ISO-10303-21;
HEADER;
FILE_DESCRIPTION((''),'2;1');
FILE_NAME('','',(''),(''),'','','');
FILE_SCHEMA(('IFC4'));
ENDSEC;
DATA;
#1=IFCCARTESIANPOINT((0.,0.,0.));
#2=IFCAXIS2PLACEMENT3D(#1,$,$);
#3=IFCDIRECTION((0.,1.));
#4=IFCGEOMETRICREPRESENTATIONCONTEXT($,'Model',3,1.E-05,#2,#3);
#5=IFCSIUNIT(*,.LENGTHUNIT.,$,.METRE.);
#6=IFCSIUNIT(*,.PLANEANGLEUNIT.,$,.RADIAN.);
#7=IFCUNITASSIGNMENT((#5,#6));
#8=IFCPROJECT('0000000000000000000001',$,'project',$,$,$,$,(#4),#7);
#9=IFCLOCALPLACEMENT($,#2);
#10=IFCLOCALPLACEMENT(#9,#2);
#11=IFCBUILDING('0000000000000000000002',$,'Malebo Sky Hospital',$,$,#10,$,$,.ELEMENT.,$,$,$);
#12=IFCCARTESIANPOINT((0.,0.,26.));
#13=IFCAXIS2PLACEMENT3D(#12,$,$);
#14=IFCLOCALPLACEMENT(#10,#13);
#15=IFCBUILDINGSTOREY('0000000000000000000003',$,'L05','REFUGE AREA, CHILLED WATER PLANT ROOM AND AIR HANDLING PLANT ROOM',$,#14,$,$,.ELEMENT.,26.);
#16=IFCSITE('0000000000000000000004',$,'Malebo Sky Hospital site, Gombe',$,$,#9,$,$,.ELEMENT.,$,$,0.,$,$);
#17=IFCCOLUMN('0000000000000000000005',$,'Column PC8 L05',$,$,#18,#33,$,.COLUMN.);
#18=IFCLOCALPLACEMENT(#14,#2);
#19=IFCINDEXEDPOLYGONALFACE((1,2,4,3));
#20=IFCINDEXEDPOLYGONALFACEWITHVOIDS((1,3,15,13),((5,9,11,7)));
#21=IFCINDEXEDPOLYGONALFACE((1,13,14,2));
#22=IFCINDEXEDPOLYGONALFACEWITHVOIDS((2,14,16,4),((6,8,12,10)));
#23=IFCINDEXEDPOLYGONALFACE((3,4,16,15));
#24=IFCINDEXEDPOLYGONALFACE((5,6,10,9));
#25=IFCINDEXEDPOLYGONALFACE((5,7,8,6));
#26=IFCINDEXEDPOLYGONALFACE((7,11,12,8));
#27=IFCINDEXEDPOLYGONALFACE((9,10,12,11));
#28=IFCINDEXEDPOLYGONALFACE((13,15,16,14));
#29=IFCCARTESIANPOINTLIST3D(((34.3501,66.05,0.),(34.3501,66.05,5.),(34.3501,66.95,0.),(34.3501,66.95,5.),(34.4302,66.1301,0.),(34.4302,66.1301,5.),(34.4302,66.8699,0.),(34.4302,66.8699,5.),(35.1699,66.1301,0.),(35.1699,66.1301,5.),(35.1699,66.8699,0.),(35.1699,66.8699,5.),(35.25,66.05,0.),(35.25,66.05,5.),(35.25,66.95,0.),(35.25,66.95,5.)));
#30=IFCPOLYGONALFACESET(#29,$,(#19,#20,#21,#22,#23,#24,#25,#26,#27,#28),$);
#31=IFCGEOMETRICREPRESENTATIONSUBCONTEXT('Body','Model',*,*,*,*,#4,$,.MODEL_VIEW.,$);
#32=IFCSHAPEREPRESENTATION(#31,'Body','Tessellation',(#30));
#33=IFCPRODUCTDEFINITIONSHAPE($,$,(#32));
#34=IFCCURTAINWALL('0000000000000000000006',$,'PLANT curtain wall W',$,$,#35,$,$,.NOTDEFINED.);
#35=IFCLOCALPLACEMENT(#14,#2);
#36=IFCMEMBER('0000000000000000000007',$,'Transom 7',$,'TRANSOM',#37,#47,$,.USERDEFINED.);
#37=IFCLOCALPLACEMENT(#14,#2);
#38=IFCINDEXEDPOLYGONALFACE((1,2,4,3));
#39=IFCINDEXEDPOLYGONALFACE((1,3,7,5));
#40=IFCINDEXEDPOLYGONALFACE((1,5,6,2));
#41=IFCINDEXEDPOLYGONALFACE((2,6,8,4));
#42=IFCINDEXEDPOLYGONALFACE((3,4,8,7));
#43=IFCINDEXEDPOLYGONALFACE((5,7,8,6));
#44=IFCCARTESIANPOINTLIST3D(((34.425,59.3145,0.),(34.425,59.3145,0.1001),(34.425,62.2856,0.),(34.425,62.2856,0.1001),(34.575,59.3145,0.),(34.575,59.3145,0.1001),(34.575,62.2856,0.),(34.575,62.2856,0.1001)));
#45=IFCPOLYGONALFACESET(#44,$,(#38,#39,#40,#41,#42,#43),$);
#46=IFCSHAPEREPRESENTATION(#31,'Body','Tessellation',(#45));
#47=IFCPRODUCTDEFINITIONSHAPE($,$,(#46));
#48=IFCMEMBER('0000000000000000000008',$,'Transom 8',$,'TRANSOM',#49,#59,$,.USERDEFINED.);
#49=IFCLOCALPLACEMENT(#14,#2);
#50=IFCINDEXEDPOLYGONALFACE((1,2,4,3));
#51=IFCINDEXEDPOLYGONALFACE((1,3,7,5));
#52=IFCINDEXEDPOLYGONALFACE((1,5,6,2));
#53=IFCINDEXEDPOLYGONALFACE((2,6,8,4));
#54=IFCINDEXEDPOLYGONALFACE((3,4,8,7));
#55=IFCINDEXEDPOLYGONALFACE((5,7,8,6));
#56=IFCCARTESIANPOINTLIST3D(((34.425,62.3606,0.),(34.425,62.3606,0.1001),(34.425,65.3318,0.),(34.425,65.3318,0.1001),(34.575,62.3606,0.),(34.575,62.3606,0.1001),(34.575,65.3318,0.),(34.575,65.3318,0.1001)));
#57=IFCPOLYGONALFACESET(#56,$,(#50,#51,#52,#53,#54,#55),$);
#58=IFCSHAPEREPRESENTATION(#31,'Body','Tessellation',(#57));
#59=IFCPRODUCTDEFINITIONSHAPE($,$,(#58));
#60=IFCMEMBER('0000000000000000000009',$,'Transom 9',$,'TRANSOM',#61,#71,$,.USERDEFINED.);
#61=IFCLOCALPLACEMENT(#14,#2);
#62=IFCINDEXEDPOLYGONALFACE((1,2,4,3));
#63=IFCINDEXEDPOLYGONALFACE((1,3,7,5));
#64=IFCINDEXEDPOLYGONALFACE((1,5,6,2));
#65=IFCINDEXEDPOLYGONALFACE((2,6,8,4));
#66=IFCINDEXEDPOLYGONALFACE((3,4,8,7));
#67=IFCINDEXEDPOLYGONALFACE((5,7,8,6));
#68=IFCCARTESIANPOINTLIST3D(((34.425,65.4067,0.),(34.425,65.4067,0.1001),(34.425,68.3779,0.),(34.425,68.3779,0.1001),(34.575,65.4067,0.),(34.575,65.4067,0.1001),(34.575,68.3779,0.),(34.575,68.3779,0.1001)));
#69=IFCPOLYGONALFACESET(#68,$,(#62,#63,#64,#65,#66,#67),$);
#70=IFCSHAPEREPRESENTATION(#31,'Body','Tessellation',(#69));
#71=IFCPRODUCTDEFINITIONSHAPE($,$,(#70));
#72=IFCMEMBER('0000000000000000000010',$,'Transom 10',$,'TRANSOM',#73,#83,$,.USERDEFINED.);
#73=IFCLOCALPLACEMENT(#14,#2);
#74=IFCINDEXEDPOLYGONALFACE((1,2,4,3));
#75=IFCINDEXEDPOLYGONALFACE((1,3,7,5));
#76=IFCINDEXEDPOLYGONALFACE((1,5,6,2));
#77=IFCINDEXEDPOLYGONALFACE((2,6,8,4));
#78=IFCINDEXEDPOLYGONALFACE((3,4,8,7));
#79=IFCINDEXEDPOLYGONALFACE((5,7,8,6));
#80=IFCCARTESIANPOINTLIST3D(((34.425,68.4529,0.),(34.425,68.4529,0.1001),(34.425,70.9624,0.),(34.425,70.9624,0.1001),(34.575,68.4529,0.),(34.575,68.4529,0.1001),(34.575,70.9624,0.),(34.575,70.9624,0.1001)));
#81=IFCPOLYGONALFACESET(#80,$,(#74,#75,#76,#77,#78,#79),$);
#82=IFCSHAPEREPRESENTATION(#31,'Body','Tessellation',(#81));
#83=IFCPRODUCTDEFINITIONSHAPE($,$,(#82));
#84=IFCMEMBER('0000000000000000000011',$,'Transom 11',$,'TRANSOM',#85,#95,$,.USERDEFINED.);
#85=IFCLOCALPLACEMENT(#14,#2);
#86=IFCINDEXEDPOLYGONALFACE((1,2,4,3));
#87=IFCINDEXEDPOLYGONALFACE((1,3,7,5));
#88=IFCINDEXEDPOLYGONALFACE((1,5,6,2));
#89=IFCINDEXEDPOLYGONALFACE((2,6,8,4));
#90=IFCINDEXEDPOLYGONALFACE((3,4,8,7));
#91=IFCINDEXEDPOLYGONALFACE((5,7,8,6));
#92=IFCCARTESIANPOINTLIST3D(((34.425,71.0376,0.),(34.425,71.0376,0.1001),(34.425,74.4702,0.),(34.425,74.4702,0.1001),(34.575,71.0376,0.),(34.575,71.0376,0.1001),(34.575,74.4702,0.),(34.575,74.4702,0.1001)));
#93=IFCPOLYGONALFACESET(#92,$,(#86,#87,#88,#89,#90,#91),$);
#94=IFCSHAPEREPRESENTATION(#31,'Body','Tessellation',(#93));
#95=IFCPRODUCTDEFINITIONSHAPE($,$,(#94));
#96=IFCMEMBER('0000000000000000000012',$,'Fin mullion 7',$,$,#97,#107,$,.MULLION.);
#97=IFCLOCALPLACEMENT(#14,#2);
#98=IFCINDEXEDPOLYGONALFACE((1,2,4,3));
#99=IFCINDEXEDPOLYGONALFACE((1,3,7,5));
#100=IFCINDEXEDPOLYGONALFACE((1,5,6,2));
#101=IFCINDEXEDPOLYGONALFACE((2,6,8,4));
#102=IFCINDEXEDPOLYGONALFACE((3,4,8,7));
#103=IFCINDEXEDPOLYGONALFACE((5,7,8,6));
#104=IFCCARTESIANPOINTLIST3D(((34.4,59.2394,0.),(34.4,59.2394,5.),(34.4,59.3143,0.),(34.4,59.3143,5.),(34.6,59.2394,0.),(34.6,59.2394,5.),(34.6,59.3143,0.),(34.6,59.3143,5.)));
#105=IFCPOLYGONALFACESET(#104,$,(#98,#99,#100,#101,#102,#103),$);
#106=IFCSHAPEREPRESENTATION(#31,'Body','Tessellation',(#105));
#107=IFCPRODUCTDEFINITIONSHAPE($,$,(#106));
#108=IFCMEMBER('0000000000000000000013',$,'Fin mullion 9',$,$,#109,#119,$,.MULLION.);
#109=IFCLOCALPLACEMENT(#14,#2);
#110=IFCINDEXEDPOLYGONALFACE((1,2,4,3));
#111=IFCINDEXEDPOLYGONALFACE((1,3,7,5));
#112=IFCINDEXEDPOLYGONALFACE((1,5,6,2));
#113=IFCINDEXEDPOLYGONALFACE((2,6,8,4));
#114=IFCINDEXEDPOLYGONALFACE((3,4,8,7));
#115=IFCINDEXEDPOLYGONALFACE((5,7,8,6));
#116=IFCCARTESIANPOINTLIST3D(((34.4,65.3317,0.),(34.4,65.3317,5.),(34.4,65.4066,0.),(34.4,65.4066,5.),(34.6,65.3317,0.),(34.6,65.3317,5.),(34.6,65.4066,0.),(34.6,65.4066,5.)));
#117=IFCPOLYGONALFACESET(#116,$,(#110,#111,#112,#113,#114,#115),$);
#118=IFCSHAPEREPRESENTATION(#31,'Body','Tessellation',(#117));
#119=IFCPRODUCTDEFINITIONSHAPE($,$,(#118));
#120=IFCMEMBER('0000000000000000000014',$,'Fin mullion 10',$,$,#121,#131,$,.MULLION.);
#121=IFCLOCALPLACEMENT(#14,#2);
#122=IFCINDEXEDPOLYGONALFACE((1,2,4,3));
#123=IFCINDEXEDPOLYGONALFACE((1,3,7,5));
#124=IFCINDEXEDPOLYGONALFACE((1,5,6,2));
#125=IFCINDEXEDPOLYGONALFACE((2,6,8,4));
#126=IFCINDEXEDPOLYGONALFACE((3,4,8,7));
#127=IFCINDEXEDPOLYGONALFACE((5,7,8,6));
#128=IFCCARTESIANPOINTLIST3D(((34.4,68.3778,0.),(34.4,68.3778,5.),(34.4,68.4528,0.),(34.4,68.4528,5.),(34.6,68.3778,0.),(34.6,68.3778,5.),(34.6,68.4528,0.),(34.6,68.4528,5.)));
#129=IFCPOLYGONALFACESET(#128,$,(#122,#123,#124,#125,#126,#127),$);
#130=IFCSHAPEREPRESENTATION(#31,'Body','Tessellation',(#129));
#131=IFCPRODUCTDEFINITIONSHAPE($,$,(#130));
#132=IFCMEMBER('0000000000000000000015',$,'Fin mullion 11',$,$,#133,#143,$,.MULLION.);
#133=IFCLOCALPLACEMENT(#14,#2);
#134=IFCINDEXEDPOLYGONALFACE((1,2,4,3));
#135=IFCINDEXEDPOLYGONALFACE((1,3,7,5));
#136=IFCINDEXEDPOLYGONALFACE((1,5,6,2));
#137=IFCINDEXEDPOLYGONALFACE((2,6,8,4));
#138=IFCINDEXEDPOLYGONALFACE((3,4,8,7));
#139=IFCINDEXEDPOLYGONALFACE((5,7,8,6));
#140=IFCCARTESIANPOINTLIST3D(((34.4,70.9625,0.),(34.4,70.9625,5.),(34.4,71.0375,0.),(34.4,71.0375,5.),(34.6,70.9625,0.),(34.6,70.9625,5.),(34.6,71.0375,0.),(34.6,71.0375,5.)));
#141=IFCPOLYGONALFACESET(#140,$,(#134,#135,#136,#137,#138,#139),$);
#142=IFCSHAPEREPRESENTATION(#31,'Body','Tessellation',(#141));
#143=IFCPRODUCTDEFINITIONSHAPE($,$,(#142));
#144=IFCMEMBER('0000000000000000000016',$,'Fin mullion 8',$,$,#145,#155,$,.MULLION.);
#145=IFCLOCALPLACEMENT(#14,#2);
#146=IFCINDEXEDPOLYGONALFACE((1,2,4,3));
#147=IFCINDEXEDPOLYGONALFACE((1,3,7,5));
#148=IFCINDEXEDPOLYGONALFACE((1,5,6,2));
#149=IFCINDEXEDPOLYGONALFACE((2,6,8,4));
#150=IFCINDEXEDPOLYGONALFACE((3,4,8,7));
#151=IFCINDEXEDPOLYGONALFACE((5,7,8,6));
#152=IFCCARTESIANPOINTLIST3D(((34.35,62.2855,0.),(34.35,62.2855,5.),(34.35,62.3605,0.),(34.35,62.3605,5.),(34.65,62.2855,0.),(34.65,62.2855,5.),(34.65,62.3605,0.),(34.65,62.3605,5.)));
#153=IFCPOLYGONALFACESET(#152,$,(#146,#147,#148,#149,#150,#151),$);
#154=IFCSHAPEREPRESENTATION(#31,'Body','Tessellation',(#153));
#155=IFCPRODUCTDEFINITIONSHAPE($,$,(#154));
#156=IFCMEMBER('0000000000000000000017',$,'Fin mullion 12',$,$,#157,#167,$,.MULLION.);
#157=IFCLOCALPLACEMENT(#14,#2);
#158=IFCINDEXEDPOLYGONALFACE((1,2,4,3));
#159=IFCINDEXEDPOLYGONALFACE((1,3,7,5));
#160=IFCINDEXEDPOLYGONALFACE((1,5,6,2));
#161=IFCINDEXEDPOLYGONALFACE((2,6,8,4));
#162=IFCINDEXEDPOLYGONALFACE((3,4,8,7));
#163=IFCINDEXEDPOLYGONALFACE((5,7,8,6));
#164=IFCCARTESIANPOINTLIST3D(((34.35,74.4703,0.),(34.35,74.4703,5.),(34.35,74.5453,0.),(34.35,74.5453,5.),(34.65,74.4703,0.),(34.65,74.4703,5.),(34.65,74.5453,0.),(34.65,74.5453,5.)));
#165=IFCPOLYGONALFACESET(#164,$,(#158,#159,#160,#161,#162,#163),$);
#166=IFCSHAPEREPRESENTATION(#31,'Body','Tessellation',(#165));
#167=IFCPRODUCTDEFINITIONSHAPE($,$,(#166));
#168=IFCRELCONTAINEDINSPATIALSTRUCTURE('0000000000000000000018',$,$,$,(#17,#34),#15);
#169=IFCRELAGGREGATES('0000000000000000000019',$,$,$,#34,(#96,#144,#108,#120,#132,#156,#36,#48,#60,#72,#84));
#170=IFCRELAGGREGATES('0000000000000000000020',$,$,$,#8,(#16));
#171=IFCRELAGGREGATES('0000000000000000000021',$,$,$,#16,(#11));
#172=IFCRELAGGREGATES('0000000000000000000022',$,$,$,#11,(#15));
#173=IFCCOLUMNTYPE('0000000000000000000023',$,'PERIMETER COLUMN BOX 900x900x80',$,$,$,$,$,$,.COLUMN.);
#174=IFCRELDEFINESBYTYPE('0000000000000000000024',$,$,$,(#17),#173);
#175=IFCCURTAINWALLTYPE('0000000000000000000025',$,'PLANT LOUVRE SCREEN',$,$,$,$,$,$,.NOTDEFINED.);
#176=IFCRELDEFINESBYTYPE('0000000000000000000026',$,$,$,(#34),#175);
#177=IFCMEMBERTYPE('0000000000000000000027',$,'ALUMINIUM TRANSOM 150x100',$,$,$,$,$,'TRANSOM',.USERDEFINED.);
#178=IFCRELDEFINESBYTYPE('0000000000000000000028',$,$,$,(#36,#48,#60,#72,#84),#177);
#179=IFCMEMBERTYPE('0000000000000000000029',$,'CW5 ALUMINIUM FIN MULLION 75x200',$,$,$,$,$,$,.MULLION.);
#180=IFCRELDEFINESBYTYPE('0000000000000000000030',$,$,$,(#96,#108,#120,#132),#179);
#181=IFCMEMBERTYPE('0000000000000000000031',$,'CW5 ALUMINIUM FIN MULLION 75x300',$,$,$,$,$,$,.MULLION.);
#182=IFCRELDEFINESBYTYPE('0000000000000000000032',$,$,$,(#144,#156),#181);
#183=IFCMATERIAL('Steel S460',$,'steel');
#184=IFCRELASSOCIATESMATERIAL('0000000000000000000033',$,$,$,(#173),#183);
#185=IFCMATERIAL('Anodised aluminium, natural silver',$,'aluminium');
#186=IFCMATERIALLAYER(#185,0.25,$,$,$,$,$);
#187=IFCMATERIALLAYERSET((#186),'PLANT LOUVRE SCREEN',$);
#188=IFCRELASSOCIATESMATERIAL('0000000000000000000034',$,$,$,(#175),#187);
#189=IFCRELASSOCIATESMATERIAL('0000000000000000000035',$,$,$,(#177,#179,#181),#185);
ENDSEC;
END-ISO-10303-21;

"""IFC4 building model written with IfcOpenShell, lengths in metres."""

from ifc_helpers import new_model, si_unit, direction, frame, origin, origin_2d, place, context, subcontext, project, spatial, rectangle, hollow_rectangle, extrude, material, layer, layer_set, material_profile, profile_set, type_object, element, aggregate, save


model = new_model("IFC4")

# Units and contexts
model_context = context("Model", 3, precision=1e-05, world=origin(), true_north=direction((0.0, 1.0)))
body_context = subcontext(model_context, "Body", "Model", "MODEL_VIEW")
ifc_project = project(units=[si_unit("LENGTHUNIT", "METRE"), si_unit("PLANEANGLEUNIT", "RADIAN")], contexts=[model_context])

# Site, building, storey
site_placement = place(None, origin())
site = spatial("IfcSite", under=ifc_project, at=site_placement, Name="Malebo Sky Hospital site, Gombe", CompositionType="ELEMENT", RefElevation=0.0)
building_placement = place(site_placement, origin())
building = spatial("IfcBuilding", under=site, at=building_placement, Name="Malebo Sky Hospital", CompositionType="ELEMENT")
storey_placement = place(building_placement, frame((0.0, 0.0, 26.0)))
storey = spatial("IfcBuildingStorey", under=building, at=storey_placement, Name="L05", Description="REFUGE AREA, CHILLED WATER PLANT ROOM AND AIR HANDLING PLANT ROOM", CompositionType="ELEMENT", Elevation=26.0)

# Column
ifc_material_1 = material(Name="Steel S460", Category="steel")
ifc_material_profile_1 = material_profile(ifc_material_1, hollow_rectangle(XDim=0.8999, YDim=0.8999, WallThickness=0.0801, at=origin_2d()), Name="BOX 900x900x80")
ifc_profile_set_1 = profile_set([ifc_material_profile_1], Name="Steel S460")
column_type = type_object("IfcColumnType", Name="PERIMETER COLUMN BOX 900x900x80", PredefinedType="COLUMN", material=ifc_profile_set_1)
column_placement = place(storey_placement, frame((34.8, 66.5, 0.0), z_axis=(0.0, 0.0, 1.0), x_axis=(1.0, 0.0, 0.0)))
element("IfcColumn", 1, at=column_placement, inside=storey, type_object=column_type, Name="Column PC8 L05", PredefinedType="COLUMN", context=body_context, shape_type="SweptSolid", body=[
    extrude(hollow_rectangle(XDim=0.8999, YDim=0.8999, WallThickness=0.0801, at=origin_2d()), origin(), (0.0, 0.0, 1.0), 5.0),
])

# Curtain wall, members
ifc_material_2 = material(Name="Anodised aluminium, natural silver", Category="aluminium")
ifc_layer_1 = layer(ifc_material_2, 0.25)
ifc_layer_set_1 = layer_set([ifc_layer_1], Name="PLANT LOUVRE SCREEN")
curtain_wall_type = type_object("IfcCurtainWallType", Name="PLANT LOUVRE SCREEN", PredefinedType="NOTDEFINED", material=ifc_layer_set_1)
curtain_wall_placement = place(storey_placement, origin())
curtain_wall = element("IfcCurtainWall", 2, at=curtain_wall_placement, inside=storey, type_object=curtain_wall_type, Name="PLANT curtain wall W", PredefinedType="NOTDEFINED")
ifc_material_profile_2 = material_profile(ifc_material_2, rectangle(XDim=0.1499, YDim=0.1001, at=origin_2d()), Name="ALUMINIUM TRANSOM 150x100")
ifc_profile_set_2 = profile_set([ifc_material_profile_2], Name="Anodised aluminium, natural silver")
member_type_1 = type_object("IfcMemberType", Name="ALUMINIUM TRANSOM 150x100", ElementType="TRANSOM", PredefinedType="USERDEFINED", material=ifc_profile_set_2)
member_1_placement = place(storey_placement, frame((34.5, 59.3145, 0.05), z_axis=(0.0, 1.0, 0.0), x_axis=(-1.0, 0.0, 0.0)))
member_1 = element("IfcMember", 3, at=member_1_placement, type_object=member_type_1, Name="Transom 7", ObjectType="TRANSOM", PredefinedType="USERDEFINED", context=body_context, shape_type="SweptSolid", body=[
    extrude(rectangle(XDim=0.1499, YDim=0.1001, at=origin_2d()), origin(), (0.0, 0.0, 1.0), 2.9712),
])
member_2_placement = place(storey_placement, frame((34.5, 62.3606, 0.05), z_axis=(0.0, 1.0, 0.0), x_axis=(-1.0, 0.0, 0.0)))
member_2 = element("IfcMember", 4, at=member_2_placement, type_object=member_type_1, Name="Transom 8", ObjectType="TRANSOM", PredefinedType="USERDEFINED", context=body_context, shape_type="SweptSolid", body=[
    extrude(rectangle(XDim=0.1499, YDim=0.1001, at=origin_2d()), origin(), (0.0, 0.0, 1.0), 2.9712),
])
member_3_placement = place(storey_placement, frame((34.5, 65.4067, 0.05), z_axis=(0.0, 1.0, 0.0), x_axis=(-1.0, 0.0, 0.0)))
member_3 = element("IfcMember", 5, at=member_3_placement, type_object=member_type_1, Name="Transom 9", ObjectType="TRANSOM", PredefinedType="USERDEFINED", context=body_context, shape_type="SweptSolid", body=[
    extrude(rectangle(XDim=0.1499, YDim=0.1001, at=origin_2d()), origin(), (0.0, 0.0, 1.0), 2.9712),
])
member_4_placement = place(storey_placement, frame((34.5, 68.4529, 0.05), z_axis=(0.0, 1.0, 0.0), x_axis=(-1.0, 0.0, 0.0)))
member_4 = element("IfcMember", 6, at=member_4_placement, type_object=member_type_1, Name="Transom 10", ObjectType="TRANSOM", PredefinedType="USERDEFINED", context=body_context, shape_type="SweptSolid", body=[
    extrude(rectangle(XDim=0.1499, YDim=0.1001, at=origin_2d()), origin(), (0.0, 0.0, 1.0), 2.5095),
])
member_5_placement = place(storey_placement, frame((34.5, 71.0376, 0.05), z_axis=(0.0, 1.0, 0.0), x_axis=(-1.0, 0.0, 0.0)))
member_5 = element("IfcMember", 7, at=member_5_placement, type_object=member_type_1, Name="Transom 11", ObjectType="TRANSOM", PredefinedType="USERDEFINED", context=body_context, shape_type="SweptSolid", body=[
    extrude(rectangle(XDim=0.1499, YDim=0.1001, at=origin_2d()), origin(), (0.0, 0.0, 1.0), 3.4326),
])
ifc_material_profile_3 = material_profile(ifc_material_2, rectangle(XDim=0.075, YDim=0.2, at=origin_2d()), Name="CW5 ALUMINIUM FIN MULLION 75x200")
ifc_profile_set_3 = profile_set([ifc_material_profile_3], Name="Anodised aluminium, natural silver")
member_type_2 = type_object("IfcMemberType", Name="CW5 ALUMINIUM FIN MULLION 75x200", PredefinedType="MULLION", material=ifc_profile_set_3)
member_6_placement = place(storey_placement, frame((34.5, 59.2769, 0.0), z_axis=(0.0, 0.0, 1.0), x_axis=(0.0, 1.0, 0.0)))
member_6 = element("IfcMember", 8, at=member_6_placement, type_object=member_type_2, Name="Fin mullion 7", PredefinedType="MULLION", context=body_context, shape_type="SweptSolid", body=[
    extrude(rectangle(XDim=0.075, YDim=0.2, at=origin_2d()), origin(), (0.0, 0.0, 1.0), 5.0),
])
member_7_placement = place(storey_placement, frame((34.5, 65.3691, 0.0), z_axis=(0.0, 0.0, 1.0), x_axis=(0.0, 1.0, 0.0)))
member_7 = element("IfcMember", 9, at=member_7_placement, type_object=member_type_2, Name="Fin mullion 9", PredefinedType="MULLION", context=body_context, shape_type="SweptSolid", body=[
    extrude(rectangle(XDim=0.075, YDim=0.2, at=origin_2d()), origin(), (0.0, 0.0, 1.0), 5.0),
])
member_8_placement = place(storey_placement, frame((34.5, 68.4153, 0.0), z_axis=(0.0, 0.0, 1.0), x_axis=(0.0, 1.0, 0.0)))
member_8 = element("IfcMember", 10, at=member_8_placement, type_object=member_type_2, Name="Fin mullion 10", PredefinedType="MULLION", context=body_context, shape_type="SweptSolid", body=[
    extrude(rectangle(XDim=0.075, YDim=0.2, at=origin_2d()), origin(), (0.0, 0.0, 1.0), 5.0),
])
member_9_placement = place(storey_placement, frame((34.5, 71.0, 0.0), z_axis=(0.0, 0.0, 1.0), x_axis=(0.0, 1.0, 0.0)))
member_9 = element("IfcMember", 11, at=member_9_placement, type_object=member_type_2, Name="Fin mullion 11", PredefinedType="MULLION", context=body_context, shape_type="SweptSolid", body=[
    extrude(rectangle(XDim=0.075, YDim=0.2, at=origin_2d()), origin(), (0.0, 0.0, 1.0), 5.0),
])
ifc_material_profile_4 = material_profile(ifc_material_2, rectangle(XDim=0.075, YDim=0.3, at=origin_2d()), Name="CW5 ALUMINIUM FIN MULLION 75x300")
ifc_profile_set_4 = profile_set([ifc_material_profile_4], Name="Anodised aluminium, natural silver")
member_type_3 = type_object("IfcMemberType", Name="CW5 ALUMINIUM FIN MULLION 75x300", PredefinedType="MULLION", material=ifc_profile_set_4)
member_10_placement = place(storey_placement, frame((34.5, 62.323, 0.0), z_axis=(0.0, 0.0, 1.0), x_axis=(0.0, 1.0, 0.0)))
member_10 = element("IfcMember", 12, at=member_10_placement, type_object=member_type_3, Name="Fin mullion 8", PredefinedType="MULLION", context=body_context, shape_type="SweptSolid", body=[
    extrude(rectangle(XDim=0.075, YDim=0.3, at=origin_2d()), origin(), (0.0, 0.0, 1.0), 5.0),
])
member_11_placement = place(storey_placement, frame((34.5, 74.5078, 0.0), z_axis=(0.0, 0.0, 1.0), x_axis=(0.0, 1.0, 0.0)))
member_11 = element("IfcMember", 13, at=member_11_placement, type_object=member_type_3, Name="Fin mullion 12", PredefinedType="MULLION", context=body_context, shape_type="SweptSolid", body=[
    extrude(rectangle(XDim=0.075, YDim=0.3, at=origin_2d()), origin(), (0.0, 0.0, 1.0), 5.0),
])

aggregate(curtain_wall, [member_6, member_10, member_7, member_8, member_9, member_11, member_1, member_2, member_3, member_4, member_5])

save(model, "model.ifc")
